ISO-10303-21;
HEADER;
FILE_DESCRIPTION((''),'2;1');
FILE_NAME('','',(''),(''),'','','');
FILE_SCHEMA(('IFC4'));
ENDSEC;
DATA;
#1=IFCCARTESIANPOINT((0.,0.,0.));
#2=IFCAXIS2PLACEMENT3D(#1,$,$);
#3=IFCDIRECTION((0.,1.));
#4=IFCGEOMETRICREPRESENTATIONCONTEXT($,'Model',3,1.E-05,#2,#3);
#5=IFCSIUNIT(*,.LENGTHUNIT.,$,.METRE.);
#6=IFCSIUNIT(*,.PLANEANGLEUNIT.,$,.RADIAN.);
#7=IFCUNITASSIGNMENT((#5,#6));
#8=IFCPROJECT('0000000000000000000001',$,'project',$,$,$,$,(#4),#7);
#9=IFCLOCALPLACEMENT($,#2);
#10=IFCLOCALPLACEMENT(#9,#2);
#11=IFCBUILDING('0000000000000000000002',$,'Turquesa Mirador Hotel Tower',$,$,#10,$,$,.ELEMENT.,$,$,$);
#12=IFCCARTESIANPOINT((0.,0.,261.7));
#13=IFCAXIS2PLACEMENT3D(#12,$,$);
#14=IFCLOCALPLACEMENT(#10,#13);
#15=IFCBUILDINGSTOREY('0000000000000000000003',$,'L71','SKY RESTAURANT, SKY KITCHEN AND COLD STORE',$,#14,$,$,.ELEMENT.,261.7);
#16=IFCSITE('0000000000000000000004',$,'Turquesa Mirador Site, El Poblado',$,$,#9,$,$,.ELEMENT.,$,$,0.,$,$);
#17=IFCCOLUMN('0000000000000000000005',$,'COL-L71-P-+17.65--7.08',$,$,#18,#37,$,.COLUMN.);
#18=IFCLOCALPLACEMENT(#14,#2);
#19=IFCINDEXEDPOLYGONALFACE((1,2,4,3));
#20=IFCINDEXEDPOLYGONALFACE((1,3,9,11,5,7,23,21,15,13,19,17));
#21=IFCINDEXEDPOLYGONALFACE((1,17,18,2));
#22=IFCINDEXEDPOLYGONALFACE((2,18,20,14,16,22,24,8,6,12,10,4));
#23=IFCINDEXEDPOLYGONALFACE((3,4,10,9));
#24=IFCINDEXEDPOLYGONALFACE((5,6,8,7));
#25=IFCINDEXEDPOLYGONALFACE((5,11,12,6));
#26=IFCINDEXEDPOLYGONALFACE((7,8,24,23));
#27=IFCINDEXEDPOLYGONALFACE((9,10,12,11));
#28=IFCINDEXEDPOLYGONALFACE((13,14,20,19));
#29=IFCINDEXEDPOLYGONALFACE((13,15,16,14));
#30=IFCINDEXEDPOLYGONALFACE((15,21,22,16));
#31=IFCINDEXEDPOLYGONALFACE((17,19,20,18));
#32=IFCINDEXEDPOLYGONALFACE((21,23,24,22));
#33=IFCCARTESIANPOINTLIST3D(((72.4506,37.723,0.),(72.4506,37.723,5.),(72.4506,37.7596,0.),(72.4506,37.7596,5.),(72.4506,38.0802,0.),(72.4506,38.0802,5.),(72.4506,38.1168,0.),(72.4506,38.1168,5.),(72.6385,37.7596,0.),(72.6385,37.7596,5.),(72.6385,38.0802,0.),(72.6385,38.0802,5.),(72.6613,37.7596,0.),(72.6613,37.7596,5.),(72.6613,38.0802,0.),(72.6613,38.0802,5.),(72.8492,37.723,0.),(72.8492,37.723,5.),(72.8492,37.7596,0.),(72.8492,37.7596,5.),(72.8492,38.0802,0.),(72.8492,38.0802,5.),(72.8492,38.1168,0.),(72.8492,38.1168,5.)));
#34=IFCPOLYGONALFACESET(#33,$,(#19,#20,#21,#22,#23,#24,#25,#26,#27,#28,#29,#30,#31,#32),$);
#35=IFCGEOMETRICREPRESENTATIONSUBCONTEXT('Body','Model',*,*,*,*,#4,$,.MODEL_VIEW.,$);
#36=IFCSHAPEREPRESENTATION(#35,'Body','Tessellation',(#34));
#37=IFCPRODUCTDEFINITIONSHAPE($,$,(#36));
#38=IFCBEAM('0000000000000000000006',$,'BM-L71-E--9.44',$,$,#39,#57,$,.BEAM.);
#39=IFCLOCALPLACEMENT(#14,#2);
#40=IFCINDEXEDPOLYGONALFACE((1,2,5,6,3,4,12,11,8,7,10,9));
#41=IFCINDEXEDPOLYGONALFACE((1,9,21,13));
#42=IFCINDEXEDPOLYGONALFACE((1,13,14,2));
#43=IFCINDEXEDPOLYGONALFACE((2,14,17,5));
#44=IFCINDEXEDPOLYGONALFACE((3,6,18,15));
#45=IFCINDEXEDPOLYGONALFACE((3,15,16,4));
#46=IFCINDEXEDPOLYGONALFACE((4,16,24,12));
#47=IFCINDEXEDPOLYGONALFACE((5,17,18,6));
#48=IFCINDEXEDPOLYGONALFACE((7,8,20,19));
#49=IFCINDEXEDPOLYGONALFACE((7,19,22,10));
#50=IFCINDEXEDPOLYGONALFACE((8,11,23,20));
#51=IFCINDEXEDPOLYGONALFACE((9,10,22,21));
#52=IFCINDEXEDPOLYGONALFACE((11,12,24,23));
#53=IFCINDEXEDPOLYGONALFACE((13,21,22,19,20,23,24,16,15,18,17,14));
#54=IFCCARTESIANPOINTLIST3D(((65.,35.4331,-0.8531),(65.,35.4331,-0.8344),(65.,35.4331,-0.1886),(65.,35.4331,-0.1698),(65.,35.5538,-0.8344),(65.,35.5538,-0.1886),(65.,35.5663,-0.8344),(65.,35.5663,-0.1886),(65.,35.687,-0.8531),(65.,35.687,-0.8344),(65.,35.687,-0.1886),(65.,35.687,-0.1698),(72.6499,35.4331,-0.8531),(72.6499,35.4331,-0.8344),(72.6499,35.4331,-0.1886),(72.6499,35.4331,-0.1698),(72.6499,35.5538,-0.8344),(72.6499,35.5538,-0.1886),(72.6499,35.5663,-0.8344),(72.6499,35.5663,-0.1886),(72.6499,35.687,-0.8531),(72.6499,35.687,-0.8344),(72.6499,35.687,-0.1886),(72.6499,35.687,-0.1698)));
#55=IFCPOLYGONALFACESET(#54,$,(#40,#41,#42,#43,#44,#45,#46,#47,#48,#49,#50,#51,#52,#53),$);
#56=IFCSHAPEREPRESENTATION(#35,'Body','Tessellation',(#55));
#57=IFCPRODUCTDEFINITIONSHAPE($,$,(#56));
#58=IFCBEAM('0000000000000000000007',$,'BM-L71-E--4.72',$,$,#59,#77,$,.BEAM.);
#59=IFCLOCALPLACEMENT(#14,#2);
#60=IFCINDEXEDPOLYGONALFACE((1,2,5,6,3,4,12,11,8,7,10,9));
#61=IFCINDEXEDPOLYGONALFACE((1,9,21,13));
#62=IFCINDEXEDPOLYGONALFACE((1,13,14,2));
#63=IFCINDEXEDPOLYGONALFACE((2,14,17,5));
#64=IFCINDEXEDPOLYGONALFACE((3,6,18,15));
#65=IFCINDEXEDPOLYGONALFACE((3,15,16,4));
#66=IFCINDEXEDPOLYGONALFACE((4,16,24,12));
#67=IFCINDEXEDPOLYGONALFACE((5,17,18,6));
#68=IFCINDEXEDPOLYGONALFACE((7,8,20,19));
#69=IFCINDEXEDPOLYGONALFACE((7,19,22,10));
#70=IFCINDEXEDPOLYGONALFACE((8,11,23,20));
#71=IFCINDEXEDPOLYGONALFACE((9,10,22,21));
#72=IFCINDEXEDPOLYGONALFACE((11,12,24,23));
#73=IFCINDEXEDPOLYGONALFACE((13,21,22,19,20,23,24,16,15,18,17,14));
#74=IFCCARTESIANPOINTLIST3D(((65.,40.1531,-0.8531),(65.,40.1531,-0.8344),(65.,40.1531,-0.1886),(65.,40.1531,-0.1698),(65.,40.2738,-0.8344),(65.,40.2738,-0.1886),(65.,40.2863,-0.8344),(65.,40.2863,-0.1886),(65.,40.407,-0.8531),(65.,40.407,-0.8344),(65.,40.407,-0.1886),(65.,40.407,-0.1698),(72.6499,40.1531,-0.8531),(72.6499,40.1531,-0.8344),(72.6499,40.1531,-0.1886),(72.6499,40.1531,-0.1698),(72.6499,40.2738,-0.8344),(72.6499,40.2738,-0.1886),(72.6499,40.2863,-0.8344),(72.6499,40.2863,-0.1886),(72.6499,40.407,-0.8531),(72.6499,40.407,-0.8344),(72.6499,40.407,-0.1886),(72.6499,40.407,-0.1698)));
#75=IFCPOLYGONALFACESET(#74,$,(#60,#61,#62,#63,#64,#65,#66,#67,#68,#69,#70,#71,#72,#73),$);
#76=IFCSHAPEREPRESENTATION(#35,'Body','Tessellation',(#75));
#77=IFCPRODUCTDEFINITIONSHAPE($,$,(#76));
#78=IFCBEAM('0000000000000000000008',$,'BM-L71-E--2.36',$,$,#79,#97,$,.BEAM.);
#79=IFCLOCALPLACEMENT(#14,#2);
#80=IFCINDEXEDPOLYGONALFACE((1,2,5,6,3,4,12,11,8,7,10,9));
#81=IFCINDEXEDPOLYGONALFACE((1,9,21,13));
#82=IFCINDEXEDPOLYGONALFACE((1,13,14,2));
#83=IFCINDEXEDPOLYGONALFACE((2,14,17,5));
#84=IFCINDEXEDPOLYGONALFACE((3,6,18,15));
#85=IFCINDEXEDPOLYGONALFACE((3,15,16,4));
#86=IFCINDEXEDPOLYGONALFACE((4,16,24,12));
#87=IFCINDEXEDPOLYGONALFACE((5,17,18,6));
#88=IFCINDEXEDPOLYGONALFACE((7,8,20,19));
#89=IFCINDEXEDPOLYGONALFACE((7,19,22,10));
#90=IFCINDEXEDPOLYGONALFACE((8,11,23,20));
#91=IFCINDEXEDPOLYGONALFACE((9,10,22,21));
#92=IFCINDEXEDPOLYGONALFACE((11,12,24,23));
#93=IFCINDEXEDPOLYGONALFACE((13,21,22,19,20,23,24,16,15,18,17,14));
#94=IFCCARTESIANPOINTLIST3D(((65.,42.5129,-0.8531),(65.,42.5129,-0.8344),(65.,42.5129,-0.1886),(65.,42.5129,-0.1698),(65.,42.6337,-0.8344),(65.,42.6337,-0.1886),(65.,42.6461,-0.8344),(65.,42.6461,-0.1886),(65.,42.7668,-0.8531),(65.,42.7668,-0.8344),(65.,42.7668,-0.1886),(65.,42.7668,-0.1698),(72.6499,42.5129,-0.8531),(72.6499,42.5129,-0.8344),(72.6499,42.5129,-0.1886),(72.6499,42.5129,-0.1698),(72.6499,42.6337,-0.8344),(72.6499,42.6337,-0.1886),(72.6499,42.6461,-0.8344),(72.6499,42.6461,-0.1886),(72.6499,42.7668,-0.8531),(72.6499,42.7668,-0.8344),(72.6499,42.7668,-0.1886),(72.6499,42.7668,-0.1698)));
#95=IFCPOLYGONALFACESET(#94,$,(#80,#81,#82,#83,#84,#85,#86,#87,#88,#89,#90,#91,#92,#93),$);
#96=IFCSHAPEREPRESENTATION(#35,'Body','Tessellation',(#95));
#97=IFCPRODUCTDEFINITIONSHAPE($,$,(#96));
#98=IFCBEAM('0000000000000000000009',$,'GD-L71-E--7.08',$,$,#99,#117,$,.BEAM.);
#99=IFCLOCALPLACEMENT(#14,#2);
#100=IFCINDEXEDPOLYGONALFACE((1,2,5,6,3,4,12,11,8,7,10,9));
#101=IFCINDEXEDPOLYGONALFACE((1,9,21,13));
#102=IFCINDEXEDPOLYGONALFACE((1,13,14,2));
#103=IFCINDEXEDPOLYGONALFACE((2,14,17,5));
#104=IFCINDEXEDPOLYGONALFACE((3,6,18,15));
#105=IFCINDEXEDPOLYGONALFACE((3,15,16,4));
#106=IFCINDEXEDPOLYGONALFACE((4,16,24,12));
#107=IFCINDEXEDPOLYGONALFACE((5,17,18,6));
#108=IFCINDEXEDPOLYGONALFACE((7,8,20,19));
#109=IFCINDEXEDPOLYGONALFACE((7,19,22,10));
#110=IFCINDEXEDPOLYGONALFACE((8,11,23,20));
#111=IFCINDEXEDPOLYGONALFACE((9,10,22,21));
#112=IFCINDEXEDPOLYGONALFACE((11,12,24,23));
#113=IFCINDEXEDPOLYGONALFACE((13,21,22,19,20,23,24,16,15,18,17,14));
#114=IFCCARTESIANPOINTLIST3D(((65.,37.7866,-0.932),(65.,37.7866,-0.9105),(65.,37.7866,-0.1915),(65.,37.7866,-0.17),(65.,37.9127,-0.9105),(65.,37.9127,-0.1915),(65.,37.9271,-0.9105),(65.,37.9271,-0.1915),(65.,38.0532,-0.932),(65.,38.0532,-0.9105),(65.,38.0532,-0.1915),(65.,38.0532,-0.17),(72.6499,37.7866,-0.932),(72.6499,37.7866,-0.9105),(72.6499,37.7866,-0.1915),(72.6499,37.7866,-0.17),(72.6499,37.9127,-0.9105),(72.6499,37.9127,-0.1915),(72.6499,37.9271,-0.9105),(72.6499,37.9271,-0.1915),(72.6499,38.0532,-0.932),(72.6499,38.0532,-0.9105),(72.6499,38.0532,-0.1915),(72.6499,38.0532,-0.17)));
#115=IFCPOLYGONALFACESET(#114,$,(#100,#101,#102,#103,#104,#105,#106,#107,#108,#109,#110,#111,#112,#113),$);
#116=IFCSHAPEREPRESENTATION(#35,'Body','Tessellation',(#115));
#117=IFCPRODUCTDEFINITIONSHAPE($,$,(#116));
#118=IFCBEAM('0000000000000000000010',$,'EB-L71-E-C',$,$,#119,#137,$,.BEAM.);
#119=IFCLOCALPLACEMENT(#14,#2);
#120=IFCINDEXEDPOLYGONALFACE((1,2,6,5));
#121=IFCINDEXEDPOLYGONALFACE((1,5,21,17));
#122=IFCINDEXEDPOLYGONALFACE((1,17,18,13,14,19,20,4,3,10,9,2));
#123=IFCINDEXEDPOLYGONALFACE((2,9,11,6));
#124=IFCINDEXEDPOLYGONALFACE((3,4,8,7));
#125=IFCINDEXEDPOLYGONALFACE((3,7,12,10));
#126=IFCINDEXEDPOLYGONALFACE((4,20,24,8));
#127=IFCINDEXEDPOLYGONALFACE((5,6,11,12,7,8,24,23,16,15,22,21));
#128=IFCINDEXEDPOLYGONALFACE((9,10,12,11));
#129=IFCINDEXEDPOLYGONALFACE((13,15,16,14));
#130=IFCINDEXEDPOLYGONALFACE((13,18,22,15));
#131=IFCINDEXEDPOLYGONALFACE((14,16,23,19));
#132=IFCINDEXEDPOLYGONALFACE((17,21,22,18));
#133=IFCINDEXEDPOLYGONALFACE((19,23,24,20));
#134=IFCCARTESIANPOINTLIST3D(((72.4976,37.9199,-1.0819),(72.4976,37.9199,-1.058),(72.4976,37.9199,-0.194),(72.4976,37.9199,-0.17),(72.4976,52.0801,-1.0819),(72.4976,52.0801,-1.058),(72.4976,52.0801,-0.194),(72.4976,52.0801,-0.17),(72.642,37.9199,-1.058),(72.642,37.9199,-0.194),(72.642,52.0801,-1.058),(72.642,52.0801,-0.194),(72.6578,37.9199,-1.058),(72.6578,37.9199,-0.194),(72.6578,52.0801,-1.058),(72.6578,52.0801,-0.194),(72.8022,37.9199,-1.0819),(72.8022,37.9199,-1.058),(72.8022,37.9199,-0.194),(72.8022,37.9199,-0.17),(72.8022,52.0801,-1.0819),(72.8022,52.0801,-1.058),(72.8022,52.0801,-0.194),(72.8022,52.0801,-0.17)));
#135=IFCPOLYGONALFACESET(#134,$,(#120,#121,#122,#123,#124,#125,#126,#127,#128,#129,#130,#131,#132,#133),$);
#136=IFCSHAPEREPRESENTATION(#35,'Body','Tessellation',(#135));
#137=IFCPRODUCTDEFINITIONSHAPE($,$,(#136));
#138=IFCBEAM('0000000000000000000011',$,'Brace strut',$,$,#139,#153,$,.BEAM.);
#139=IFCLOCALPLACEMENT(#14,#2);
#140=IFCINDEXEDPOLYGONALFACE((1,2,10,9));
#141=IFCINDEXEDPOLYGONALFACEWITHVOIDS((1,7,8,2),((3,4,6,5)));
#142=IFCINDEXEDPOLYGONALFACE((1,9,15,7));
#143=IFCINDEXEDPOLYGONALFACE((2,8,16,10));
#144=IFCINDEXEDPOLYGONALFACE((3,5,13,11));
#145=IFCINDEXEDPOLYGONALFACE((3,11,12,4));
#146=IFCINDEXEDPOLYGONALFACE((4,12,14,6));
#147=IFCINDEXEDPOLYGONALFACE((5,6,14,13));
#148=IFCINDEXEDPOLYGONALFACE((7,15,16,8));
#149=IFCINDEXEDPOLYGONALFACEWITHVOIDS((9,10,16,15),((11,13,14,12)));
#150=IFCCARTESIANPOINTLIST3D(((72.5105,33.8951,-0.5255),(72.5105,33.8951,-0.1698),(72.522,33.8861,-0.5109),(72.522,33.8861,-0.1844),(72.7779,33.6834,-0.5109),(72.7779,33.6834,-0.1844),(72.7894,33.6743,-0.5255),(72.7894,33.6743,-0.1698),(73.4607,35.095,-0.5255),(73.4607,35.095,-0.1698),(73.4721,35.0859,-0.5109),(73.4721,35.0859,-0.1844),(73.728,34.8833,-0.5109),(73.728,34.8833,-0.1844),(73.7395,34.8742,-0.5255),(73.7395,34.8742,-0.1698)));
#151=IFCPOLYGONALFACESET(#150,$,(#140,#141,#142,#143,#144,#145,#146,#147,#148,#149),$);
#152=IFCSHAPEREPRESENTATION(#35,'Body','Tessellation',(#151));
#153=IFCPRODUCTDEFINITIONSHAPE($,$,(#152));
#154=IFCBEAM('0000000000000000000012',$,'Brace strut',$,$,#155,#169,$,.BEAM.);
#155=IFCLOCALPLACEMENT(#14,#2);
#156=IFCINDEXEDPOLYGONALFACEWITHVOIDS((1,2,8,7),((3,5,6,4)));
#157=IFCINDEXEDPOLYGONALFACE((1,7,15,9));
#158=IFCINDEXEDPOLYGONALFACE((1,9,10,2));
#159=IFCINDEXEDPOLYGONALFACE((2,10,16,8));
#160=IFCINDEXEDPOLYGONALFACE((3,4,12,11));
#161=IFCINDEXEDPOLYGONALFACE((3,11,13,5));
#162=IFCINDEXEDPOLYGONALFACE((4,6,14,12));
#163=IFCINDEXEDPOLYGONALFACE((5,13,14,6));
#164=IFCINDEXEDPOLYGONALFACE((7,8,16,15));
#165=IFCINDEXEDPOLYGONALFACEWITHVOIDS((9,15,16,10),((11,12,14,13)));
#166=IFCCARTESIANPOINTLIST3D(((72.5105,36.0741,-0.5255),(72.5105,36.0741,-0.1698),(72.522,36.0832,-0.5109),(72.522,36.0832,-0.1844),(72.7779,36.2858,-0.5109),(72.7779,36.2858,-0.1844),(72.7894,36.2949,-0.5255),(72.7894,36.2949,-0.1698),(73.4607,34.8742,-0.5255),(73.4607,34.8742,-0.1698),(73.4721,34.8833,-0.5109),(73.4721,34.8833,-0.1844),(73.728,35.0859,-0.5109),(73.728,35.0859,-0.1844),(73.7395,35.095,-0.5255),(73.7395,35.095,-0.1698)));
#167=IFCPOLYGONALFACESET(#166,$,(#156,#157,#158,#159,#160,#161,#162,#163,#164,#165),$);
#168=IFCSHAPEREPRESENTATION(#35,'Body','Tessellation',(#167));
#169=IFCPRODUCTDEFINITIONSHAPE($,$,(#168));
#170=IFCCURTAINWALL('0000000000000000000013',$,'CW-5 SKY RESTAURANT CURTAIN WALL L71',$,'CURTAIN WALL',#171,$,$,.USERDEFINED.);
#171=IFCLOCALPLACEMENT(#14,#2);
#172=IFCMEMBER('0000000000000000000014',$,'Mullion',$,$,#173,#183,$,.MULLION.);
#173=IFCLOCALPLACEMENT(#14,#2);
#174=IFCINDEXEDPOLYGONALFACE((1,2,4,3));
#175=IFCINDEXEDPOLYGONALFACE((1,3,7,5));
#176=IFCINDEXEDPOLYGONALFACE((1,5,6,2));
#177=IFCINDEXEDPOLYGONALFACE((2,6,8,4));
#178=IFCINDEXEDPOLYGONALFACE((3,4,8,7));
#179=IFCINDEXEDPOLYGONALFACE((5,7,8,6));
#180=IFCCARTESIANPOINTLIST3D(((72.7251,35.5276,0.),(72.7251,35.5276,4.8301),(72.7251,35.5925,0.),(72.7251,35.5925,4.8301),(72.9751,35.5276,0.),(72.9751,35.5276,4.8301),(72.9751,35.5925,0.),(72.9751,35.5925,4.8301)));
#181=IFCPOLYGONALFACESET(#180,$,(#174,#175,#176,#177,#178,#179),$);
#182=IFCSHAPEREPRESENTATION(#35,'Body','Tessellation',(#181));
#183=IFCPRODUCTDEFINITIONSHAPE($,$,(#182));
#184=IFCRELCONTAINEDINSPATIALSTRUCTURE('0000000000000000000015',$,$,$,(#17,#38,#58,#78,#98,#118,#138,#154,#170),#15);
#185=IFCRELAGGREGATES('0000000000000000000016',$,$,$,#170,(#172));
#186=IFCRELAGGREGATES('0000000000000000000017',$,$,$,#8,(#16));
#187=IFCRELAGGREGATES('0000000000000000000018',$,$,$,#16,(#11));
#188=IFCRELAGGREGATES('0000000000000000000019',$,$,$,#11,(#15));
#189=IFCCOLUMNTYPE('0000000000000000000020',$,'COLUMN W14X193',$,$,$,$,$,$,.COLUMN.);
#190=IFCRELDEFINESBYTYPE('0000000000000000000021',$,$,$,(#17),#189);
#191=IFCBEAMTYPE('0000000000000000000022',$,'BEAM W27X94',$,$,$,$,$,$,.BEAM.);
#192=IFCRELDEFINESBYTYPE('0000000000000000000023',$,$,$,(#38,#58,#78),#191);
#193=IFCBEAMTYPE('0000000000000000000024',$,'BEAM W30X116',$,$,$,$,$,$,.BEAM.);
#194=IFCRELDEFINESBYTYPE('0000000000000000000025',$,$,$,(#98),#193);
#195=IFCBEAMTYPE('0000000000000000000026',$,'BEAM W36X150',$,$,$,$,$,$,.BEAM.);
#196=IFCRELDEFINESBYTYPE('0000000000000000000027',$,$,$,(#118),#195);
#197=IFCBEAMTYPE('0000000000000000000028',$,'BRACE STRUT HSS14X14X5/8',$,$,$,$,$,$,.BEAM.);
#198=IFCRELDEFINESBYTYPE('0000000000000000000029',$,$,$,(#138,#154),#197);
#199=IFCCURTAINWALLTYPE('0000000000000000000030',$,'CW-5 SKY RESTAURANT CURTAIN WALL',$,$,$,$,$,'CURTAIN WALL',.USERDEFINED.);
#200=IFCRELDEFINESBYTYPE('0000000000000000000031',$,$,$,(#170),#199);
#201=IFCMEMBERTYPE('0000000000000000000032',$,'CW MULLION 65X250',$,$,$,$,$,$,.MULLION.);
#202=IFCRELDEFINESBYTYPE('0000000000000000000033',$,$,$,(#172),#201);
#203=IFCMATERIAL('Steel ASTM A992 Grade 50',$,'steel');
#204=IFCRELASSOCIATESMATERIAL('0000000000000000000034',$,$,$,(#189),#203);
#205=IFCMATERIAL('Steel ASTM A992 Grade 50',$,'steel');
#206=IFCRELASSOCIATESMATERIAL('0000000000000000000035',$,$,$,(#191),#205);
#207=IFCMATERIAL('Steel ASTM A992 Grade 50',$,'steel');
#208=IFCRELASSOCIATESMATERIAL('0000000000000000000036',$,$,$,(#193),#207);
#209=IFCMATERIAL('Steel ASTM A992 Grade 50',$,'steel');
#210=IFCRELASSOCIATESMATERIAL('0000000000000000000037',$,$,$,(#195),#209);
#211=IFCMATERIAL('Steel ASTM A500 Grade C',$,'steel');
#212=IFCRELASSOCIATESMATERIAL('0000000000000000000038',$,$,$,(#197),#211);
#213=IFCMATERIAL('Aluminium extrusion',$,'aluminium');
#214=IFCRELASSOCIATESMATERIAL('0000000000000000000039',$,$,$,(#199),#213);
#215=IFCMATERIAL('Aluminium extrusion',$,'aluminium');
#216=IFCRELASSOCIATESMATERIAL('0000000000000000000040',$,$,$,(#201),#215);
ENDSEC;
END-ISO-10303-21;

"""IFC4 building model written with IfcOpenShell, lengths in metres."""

from ifc_helpers import new_model, si_unit, direction, frame, origin, origin_2d, place, context, subcontext, project, spatial, rectangle, hollow_rectangle, i_section, extrude, material, material_profile, profile_set, type_object, element, aggregate, save


model = new_model("IFC4")

# Units and contexts
model_context = context("Model", 3, precision=1e-05, world=origin(), true_north=direction((0.0, 1.0)))
body_context = subcontext(model_context, "Body", "Model", "MODEL_VIEW")
ifc_project = project(units=[si_unit("LENGTHUNIT", "METRE"), si_unit("PLANEANGLEUNIT", "RADIAN")], contexts=[model_context])

# Site, building, storey
site_placement = place(None, origin())
site = spatial("IfcSite", under=ifc_project, at=site_placement, Name="Turquesa Mirador Site, El Poblado", CompositionType="ELEMENT", RefElevation=0.0)
building_placement = place(site_placement, origin())
building = spatial("IfcBuilding", under=site, at=building_placement, Name="Turquesa Mirador Hotel Tower", CompositionType="ELEMENT")
storey_placement = place(building_placement, frame((0.0, 0.0, 261.7)))
storey = spatial("IfcBuildingStorey", under=building, at=storey_placement, Name="L71", Description="SKY RESTAURANT, SKY KITCHEN AND COLD STORE", CompositionType="ELEMENT", Elevation=261.7)

# Column
ifc_material_1 = material(Name="Steel ASTM A992 Grade 50", Category="steel")
ifc_material_profile_1 = material_profile(ifc_material_1, i_section(OverallWidth=0.3987, OverallDepth=0.3938, WebThickness=0.0227, FlangeThickness=0.0366, at=origin_2d()), Name="W14X193")
ifc_profile_set_1 = profile_set([ifc_material_profile_1], Name="Steel ASTM A992 Grade 50")
column_type = type_object("IfcColumnType", Name="COLUMN W14X193", PredefinedType="COLUMN", material=ifc_profile_set_1)
column_placement = place(storey_placement, frame((72.6499, 37.9199, 0.0), z_axis=(0.0, 0.0, 1.0), x_axis=(1.0, 0.0, 0.0)))
element("IfcColumn", 1, at=column_placement, inside=storey, type_object=column_type, Name="COL-L71-P-+17.65--7.08", PredefinedType="COLUMN", context=body_context, shape_type="SweptSolid", body=[
    extrude(i_section(OverallWidth=0.3987, OverallDepth=0.3938, WebThickness=0.0227, FlangeThickness=0.0366, at=origin_2d()), origin(), (0.0, 0.0, 1.0), 5.0),
])

# Beams
ifc_material_2 = material(Name="Steel ASTM A992 Grade 50", Category="steel")
ifc_material_profile_2 = material_profile(ifc_material_2, i_section(OverallWidth=0.2539, OverallDepth=0.6833, WebThickness=0.0125, FlangeThickness=0.0188, at=origin_2d()), Name="W27X94")
ifc_profile_set_2 = profile_set([ifc_material_profile_2], Name="Steel ASTM A992 Grade 50")
beam_type_1 = type_object("IfcBeamType", Name="BEAM W27X94", PredefinedType="BEAM", material=ifc_profile_set_2)
for number, where, z_axis, x_axis, name in (
    (2, (72.6499, 35.5601, -0.5115), (-1.0, 0.0, 0.0), (0.0, -1.0, 0.0), "BM-L71-E--9.44"),
    (3, (72.6499, 40.28, -0.5115), (-1.0, 0.0, 0.0), (0.0, -1.0, 0.0), "BM-L71-E--4.72"),
    (4, (72.6499, 42.6399, -0.5115), (-1.0, 0.0, 0.0), (0.0, -1.0, 0.0), "BM-L71-E--2.36"),
):
    element("IfcBeam", number, at=place(storey_placement, frame(where, z_axis=z_axis, x_axis=x_axis)), inside=storey, type_object=beam_type_1, Name=name, PredefinedType="BEAM", context=body_context, shape_type="SweptSolid", body=[
        extrude(i_section(OverallWidth=0.2539, OverallDepth=0.6833, WebThickness=0.0125, FlangeThickness=0.0188, at=origin_2d()), origin(), (0.0, 0.0, 1.0), 7.6499),
    ])
ifc_material_3 = material(Name="Steel ASTM A992 Grade 50", Category="steel")
ifc_material_profile_3 = material_profile(ifc_material_3, i_section(OverallWidth=0.2666, OverallDepth=0.762, WebThickness=0.0144, FlangeThickness=0.0215, at=origin_2d()), Name="W30X116")
ifc_profile_set_3 = profile_set([ifc_material_profile_3], Name="Steel ASTM A992 Grade 50")
beam_type_2 = type_object("IfcBeamType", Name="BEAM W30X116", PredefinedType="BEAM", material=ifc_profile_set_3)
beam_1_placement = place(storey_placement, frame((72.6499, 37.9199, -0.551), z_axis=(-1.0, 0.0, 0.0), x_axis=(0.0, -1.0, 0.0)))
element("IfcBeam", 5, at=beam_1_placement, inside=storey, type_object=beam_type_2, Name="GD-L71-E--7.08", PredefinedType="BEAM", context=body_context, shape_type="SweptSolid", body=[
    extrude(i_section(OverallWidth=0.2666, OverallDepth=0.762, WebThickness=0.0144, FlangeThickness=0.0215, at=origin_2d()), origin(), (0.0, 0.0, 1.0), 7.6499),
])
ifc_material_4 = material(Name="Steel ASTM A992 Grade 50", Category="steel")
ifc_material_profile_4 = material_profile(ifc_material_4, i_section(OverallWidth=0.3047, OverallDepth=0.9119, WebThickness=0.0159, FlangeThickness=0.0239, at=origin_2d()), Name="W36X150")
ifc_profile_set_4 = profile_set([ifc_material_profile_4], Name="Steel ASTM A992 Grade 50")
beam_type_3 = type_object("IfcBeamType", Name="BEAM W36X150", PredefinedType="BEAM", material=ifc_profile_set_4)
beam_2_placement = place(storey_placement, frame((72.6499, 37.9199, -0.626), z_axis=(0.0, 1.0, 0.0), x_axis=(-1.0, 0.0, 0.0)))
element("IfcBeam", 6, at=beam_2_placement, inside=storey, type_object=beam_type_3, Name="EB-L71-E-C", PredefinedType="BEAM", context=body_context, shape_type="SweptSolid", body=[
    extrude(i_section(OverallWidth=0.3047, OverallDepth=0.9119, WebThickness=0.0159, FlangeThickness=0.0239, at=origin_2d()), origin(), (0.0, 0.0, 1.0), 14.1602),
])
ifc_material_5 = material(Name="Steel ASTM A500 Grade C", Category="steel")
ifc_material_profile_5 = material_profile(ifc_material_5, hollow_rectangle(XDim=0.3557, YDim=0.3557, WallThickness=0.0146, at=origin_2d()), Name="HSS14X14X5/8")
ifc_profile_set_5 = profile_set([ifc_material_profile_5], Name="Steel ASTM A500 Grade C")
beam_type_4 = type_object("IfcBeamType", Name="BRACE STRUT HSS14X14X5/8", PredefinedType="BEAM", material=ifc_profile_set_5)
for number, where, z_axis, x_axis, name in (
    (7, (73.6001, 34.9846, -0.3477), (-0.620797, -0.783971, 0.0), (0.783971, -0.620797, 0.0), "Brace strut"),
    (8, (73.6001, 34.9846, -0.3477), (-0.620797, 0.783971, 0.0), (-0.783971, -0.620797, 0.0), "Brace strut"),
):
    element("IfcBeam", number, at=place(storey_placement, frame(where, z_axis=z_axis, x_axis=x_axis)), inside=storey, type_object=beam_type_4, Name=name, PredefinedType="BEAM", context=body_context, shape_type="SweptSolid", body=[
        extrude(hollow_rectangle(XDim=0.3557, YDim=0.3557, WallThickness=0.0146, at=origin_2d()), origin(), (0.0, 0.0, 1.0), 1.5305),
    ])

# Curtain wall, member
ifc_material_6 = material(Name="Aluminium extrusion", Category="aluminium")
curtain_wall_type = type_object("IfcCurtainWallType", Name="CW-5 SKY RESTAURANT CURTAIN WALL", ElementType="CURTAIN WALL", PredefinedType="USERDEFINED", material=ifc_material_6)
curtain_wall_1_placement = place(storey_placement, origin())
curtain_wall_1 = element("IfcCurtainWall", 9, at=curtain_wall_1_placement, inside=storey, type_object=curtain_wall_type, Name="CW-5 SKY RESTAURANT CURTAIN WALL L71", ObjectType="CURTAIN WALL", PredefinedType="USERDEFINED")
ifc_material_7 = material(Name="Aluminium extrusion", Category="aluminium")
ifc_material_profile_6 = material_profile(ifc_material_7, rectangle(XDim=0.0649, YDim=0.25, at=origin_2d()), Name="MULLION 65X250")
ifc_profile_set_6 = profile_set([ifc_material_profile_6], Name="Aluminium extrusion")
member_type_1 = type_object("IfcMemberType", Name="CW MULLION 65X250", PredefinedType="MULLION", material=ifc_profile_set_6)
member_1_placement = place(storey_placement, frame((72.8501, 35.5601, 0.0), z_axis=(0.0, 0.0, 1.0), x_axis=(0.0, 1.0, 0.0)))
member_1 = element("IfcMember", 10, at=member_1_placement, type_object=member_type_1, Name="Mullion", PredefinedType="MULLION", context=body_context, shape_type="SweptSolid", body=[
    extrude(rectangle(XDim=0.0649, YDim=0.25, at=origin_2d()), origin(), (0.0, 0.0, 1.0), 4.8301),
])

aggregate(curtain_wall_1, [member_1])

save(model, "model.ifc")
